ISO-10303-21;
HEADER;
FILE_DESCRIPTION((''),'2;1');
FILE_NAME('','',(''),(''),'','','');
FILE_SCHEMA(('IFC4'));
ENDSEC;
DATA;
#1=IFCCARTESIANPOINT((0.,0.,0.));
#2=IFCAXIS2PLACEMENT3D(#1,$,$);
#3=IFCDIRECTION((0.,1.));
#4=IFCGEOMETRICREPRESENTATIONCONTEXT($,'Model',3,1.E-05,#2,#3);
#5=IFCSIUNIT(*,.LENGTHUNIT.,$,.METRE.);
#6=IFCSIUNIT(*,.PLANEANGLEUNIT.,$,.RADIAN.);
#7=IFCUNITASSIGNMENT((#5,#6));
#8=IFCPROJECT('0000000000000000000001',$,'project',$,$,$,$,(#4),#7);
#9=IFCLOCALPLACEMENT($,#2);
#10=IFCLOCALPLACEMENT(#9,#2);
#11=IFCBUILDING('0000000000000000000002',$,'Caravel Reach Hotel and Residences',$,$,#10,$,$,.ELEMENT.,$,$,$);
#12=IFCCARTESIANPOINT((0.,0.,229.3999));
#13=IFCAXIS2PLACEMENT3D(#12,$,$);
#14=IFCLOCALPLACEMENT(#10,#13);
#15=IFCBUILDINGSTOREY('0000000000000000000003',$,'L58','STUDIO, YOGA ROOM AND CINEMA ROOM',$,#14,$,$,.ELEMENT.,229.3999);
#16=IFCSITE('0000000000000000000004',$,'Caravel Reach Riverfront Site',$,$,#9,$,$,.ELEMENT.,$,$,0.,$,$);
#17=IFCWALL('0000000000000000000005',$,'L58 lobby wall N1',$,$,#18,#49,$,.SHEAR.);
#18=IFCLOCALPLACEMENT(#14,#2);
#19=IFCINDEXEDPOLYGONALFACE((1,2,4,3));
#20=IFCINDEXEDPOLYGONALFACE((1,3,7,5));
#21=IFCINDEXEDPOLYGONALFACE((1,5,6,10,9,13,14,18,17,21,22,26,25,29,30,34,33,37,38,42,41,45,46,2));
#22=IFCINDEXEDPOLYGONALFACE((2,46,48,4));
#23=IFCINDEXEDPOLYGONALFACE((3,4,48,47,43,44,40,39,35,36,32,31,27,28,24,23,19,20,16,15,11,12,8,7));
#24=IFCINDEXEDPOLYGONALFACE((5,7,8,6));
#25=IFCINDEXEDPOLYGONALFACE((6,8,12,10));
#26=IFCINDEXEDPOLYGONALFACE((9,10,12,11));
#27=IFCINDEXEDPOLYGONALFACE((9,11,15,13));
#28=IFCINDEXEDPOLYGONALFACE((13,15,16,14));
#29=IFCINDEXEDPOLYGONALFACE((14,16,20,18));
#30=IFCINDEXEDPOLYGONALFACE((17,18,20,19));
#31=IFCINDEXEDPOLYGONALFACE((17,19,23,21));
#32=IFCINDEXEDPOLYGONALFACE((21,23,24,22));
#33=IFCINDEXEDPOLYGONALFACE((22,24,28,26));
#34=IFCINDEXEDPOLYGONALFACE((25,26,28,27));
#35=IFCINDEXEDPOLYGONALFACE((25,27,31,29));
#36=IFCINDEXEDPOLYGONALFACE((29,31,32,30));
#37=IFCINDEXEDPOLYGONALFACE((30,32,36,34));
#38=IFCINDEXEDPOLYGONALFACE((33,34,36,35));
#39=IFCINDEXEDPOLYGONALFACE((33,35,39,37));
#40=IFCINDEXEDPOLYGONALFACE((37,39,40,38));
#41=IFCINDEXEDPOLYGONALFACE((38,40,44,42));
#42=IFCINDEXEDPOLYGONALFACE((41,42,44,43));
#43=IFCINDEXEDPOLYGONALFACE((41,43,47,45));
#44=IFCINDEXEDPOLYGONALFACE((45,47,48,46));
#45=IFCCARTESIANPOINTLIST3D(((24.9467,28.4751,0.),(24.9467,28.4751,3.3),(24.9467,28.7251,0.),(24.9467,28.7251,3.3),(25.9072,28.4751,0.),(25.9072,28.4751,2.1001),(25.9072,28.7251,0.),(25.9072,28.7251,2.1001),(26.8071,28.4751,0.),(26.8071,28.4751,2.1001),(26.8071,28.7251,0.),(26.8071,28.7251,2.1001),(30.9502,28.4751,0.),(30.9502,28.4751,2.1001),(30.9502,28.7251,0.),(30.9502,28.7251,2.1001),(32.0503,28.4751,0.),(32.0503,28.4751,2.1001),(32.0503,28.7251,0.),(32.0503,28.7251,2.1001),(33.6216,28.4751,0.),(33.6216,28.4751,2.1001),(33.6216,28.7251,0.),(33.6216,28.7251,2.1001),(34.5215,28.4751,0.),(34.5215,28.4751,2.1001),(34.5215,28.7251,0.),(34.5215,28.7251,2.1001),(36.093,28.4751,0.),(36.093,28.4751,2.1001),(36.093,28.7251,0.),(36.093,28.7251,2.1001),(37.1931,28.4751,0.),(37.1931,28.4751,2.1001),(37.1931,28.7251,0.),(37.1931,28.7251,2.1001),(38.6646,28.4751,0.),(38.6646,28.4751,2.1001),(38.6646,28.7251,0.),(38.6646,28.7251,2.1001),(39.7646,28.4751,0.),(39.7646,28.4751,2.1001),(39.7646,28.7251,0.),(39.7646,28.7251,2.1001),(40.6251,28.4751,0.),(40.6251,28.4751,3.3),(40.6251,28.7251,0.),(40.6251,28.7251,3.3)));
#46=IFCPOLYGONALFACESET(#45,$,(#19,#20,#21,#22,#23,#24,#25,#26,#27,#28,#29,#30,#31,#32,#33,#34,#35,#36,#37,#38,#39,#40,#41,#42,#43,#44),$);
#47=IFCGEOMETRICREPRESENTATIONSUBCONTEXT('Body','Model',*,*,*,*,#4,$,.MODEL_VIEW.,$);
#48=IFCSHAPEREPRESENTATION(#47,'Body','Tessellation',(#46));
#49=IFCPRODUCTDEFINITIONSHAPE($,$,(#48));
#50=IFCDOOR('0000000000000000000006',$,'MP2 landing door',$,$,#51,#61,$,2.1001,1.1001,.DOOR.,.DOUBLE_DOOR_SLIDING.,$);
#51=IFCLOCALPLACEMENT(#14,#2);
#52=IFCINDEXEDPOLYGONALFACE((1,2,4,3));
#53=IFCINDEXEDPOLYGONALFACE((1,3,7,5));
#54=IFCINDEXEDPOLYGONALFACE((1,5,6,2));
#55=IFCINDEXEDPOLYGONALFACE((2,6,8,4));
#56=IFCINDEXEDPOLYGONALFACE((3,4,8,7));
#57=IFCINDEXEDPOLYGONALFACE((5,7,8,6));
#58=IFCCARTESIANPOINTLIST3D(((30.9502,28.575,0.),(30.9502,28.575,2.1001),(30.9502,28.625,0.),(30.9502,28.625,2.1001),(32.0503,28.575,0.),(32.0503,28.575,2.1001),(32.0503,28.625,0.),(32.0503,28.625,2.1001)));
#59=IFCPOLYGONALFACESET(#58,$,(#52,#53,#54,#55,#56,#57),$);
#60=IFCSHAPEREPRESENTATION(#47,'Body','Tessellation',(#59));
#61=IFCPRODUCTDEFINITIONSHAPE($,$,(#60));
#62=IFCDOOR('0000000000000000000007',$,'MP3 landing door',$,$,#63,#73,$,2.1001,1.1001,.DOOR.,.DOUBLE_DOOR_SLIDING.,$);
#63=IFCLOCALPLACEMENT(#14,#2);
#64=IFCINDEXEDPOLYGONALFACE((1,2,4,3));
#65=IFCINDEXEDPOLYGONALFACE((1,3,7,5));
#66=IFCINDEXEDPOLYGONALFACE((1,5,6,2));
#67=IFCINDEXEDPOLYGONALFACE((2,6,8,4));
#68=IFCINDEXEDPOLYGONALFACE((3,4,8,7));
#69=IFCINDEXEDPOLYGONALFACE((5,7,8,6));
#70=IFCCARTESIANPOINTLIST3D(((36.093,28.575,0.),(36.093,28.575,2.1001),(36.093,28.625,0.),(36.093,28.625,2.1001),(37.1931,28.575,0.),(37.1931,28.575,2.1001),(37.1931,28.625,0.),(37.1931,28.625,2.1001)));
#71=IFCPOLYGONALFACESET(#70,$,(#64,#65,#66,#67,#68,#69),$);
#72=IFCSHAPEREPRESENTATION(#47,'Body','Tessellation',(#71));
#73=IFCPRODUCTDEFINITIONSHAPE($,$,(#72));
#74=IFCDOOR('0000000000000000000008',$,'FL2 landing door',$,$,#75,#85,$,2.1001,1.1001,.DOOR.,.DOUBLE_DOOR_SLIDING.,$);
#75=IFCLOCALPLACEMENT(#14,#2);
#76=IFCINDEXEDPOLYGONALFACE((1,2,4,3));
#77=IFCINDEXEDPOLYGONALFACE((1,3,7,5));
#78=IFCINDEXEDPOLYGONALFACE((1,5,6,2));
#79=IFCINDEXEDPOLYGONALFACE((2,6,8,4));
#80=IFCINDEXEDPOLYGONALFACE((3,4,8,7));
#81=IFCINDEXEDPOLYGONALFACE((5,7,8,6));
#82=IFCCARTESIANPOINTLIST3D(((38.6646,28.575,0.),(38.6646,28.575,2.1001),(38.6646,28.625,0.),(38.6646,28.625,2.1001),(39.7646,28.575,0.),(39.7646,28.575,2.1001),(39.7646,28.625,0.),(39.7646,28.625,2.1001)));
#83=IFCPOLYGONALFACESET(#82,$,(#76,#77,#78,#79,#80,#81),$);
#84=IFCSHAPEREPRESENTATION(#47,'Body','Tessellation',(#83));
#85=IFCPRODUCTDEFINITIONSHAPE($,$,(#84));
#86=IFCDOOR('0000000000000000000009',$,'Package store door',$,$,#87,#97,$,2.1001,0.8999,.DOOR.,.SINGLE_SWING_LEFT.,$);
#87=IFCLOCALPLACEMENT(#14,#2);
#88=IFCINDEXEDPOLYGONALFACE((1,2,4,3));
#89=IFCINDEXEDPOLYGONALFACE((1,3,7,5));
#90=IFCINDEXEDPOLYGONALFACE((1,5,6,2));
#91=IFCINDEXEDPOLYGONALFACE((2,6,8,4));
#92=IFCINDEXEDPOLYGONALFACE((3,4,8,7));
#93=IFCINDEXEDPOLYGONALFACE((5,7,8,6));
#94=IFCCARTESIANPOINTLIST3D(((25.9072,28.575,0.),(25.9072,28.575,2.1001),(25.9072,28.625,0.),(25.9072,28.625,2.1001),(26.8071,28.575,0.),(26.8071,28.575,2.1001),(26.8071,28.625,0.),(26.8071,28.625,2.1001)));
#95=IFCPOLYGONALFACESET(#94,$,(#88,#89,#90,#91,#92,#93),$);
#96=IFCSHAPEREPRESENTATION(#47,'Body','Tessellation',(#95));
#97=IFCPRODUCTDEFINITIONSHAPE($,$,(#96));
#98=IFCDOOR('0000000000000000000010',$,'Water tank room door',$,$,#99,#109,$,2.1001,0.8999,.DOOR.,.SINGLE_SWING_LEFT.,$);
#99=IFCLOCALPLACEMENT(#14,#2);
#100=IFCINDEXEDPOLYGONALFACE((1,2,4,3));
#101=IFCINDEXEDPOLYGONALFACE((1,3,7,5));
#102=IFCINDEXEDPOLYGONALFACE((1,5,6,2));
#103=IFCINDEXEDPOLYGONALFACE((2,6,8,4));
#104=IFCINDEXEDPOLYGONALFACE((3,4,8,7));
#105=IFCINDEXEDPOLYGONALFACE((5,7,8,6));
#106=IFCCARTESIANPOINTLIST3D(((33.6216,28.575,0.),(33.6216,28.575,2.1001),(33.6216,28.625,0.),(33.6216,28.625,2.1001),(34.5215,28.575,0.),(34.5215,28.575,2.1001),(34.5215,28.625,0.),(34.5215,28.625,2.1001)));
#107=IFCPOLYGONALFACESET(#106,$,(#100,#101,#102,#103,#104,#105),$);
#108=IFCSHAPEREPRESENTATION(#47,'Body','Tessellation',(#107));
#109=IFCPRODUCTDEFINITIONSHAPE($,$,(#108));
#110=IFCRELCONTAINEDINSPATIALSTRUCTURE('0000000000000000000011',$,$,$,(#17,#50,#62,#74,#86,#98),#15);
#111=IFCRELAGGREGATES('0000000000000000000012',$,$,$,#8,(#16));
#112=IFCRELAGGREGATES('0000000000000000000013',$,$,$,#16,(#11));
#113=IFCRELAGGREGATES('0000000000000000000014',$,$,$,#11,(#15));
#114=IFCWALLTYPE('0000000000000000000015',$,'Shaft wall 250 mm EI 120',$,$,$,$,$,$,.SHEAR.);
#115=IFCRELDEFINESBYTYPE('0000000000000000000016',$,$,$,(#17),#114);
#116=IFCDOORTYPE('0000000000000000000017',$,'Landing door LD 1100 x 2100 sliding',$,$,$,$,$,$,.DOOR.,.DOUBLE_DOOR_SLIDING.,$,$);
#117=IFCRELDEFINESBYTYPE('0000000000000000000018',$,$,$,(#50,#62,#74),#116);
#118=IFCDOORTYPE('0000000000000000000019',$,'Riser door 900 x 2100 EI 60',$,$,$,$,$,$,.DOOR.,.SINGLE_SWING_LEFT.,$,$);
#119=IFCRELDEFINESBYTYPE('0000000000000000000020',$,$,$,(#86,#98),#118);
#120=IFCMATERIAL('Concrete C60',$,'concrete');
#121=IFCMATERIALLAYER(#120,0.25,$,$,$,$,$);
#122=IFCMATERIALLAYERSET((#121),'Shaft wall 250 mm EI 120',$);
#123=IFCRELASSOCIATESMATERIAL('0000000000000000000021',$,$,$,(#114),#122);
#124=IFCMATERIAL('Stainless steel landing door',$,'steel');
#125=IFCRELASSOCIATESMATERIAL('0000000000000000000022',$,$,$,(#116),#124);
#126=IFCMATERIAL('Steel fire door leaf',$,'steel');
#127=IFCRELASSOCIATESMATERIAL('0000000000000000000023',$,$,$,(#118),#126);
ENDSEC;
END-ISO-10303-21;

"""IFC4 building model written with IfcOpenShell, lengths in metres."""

from ifc_helpers import new_model, si_unit, direction, frame, frame_2d, origin, place, context, subcontext, project, spatial, rectangle, extrude, material, layer, layer_set, type_object, element, fill, save


model = new_model("IFC4")

# Units and contexts
model_context = context("Model", 3, precision=1e-05, world=origin(), true_north=direction((0.0, 1.0)))
body_context = subcontext(model_context, "Body", "Model", "MODEL_VIEW")
ifc_project = project(units=[si_unit("LENGTHUNIT", "METRE"), si_unit("PLANEANGLEUNIT", "RADIAN")], contexts=[model_context])

# Site, building, storey
site_placement = place(None, origin())
site = spatial("IfcSite", under=ifc_project, at=site_placement, Name="Caravel Reach Riverfront Site", CompositionType="ELEMENT", RefElevation=0.0)
building_placement = place(site_placement, origin())
building = spatial("IfcBuilding", under=site, at=building_placement, Name="Caravel Reach Hotel and Residences", CompositionType="ELEMENT")
storey_placement = place(building_placement, frame((0.0, 0.0, 229.3999)))
storey = spatial("IfcBuildingStorey", under=building, at=storey_placement, Name="L58", Description="STUDIO, YOGA ROOM AND CINEMA ROOM", CompositionType="ELEMENT", Elevation=229.3999)

# Wall, openings, doors
ifc_material_1 = material(Name="Concrete C60", Category="concrete")
ifc_layer_1 = layer(ifc_material_1, 0.25)
ifc_layer_set_1 = layer_set([ifc_layer_1], Name="Shaft wall 250 mm EI 120")
wall_type_1 = type_object("IfcWallType", Name="Shaft wall 250 mm EI 120", PredefinedType="SHEAR", material=ifc_layer_set_1)
ifc_material_2 = material(Name="Stainless steel landing door", Category="steel")
door_type_1 = type_object("IfcDoorType", Name="Landing door LD 1100 x 2100 sliding", OperationType="DOUBLE_DOOR_SLIDING", PredefinedType="DOOR", material=ifc_material_2)
ifc_material_3 = material(Name="Steel fire door leaf", Category="steel")
door_type_2 = type_object("IfcDoorType", Name="Riser door 900 x 2100 EI 60", OperationType="SINGLE_SWING_LEFT", PredefinedType="DOOR", material=ifc_material_3)
wall_1_placement = place(storey_placement, frame((24.9465, 28.6001, 0.0), z_axis=(0.0, 0.0, 1.0), x_axis=(1.0, 0.0, 0.0)))
wall_1 = element("IfcWall", 1, at=wall_1_placement, inside=storey, type_object=wall_type_1, Name="L58 lobby wall N1", PredefinedType="SHEAR", context=body_context, shape_type="SweptSolid", body=[
    extrude(rectangle(XDim=15.6785, YDim=0.25, at=frame_2d((7.8394, 0.0))), origin(), (0.0, 0.0, 1.0), 3.3),
])
opening_1_placement = place(wall_1_placement, frame((6.0037, 0.0, 0.0)))
opening_1 = element("IfcOpeningElement", 2, at=opening_1_placement, cuts=wall_1, PredefinedType="OPENING", context=body_context, shape_type="SweptSolid", body=[
    extrude(rectangle(XDim=1.1001, YDim=2.1001, at=frame_2d((0.55, 1.05))), frame((0.0, 0.135, 0.0), z_axis=(0.0, -1.0, 0.0), x_axis=(1.0, 0.0, 0.0)), (0.0, 0.0, 1.0), 0.27),
])
opening_2_placement = place(wall_1_placement, frame((11.1465, 0.0, 0.0)))
opening_2 = element("IfcOpeningElement", 3, at=opening_2_placement, cuts=wall_1, PredefinedType="OPENING", context=body_context, shape_type="SweptSolid", body=[
    extrude(rectangle(XDim=1.1001, YDim=2.1001, at=frame_2d((0.55, 1.05))), frame((0.0, 0.135, 0.0), z_axis=(0.0, -1.0, 0.0), x_axis=(1.0, 0.0, 0.0)), (0.0, 0.0, 1.0), 0.27),
])
opening_3_placement = place(wall_1_placement, frame((13.718, 0.0, 0.0)))
opening_3 = element("IfcOpeningElement", 4, at=opening_3_placement, cuts=wall_1, PredefinedType="OPENING", context=body_context, shape_type="SweptSolid", body=[
    extrude(rectangle(XDim=1.1001, YDim=2.1001, at=frame_2d((0.55, 1.05))), frame((0.0, 0.135, 0.0), z_axis=(0.0, -1.0, 0.0), x_axis=(1.0, 0.0, 0.0)), (0.0, 0.0, 1.0), 0.27),
])
opening_4_placement = place(wall_1_placement, frame((0.9607, 0.0, 0.0)))
opening_4 = element("IfcOpeningElement", 5, at=opening_4_placement, cuts=wall_1, PredefinedType="OPENING", context=body_context, shape_type="SweptSolid", body=[
    extrude(rectangle(XDim=0.8999, YDim=2.1001, at=frame_2d((0.45, 1.05))), frame((0.0, 0.135, 0.0), z_axis=(0.0, -1.0, 0.0), x_axis=(1.0, 0.0, 0.0)), (0.0, 0.0, 1.0), 0.27),
])
opening_5_placement = place(wall_1_placement, frame((8.675, 0.0, 0.0)))
opening_5 = element("IfcOpeningElement", 6, at=opening_5_placement, cuts=wall_1, PredefinedType="OPENING", context=body_context, shape_type="SweptSolid", body=[
    extrude(rectangle(XDim=0.8999, YDim=2.1001, at=frame_2d((0.45, 1.05))), frame((0.0, 0.135, 0.0), z_axis=(0.0, -1.0, 0.0), x_axis=(1.0, 0.0, 0.0)), (0.0, 0.0, 1.0), 0.27),
])
door_1_placement = place(opening_1_placement, origin())
door_1 = element("IfcDoor", 7, at=door_1_placement, inside=storey, type_object=door_type_1, Name="MP2 landing door", OperationType="DOUBLE_DOOR_SLIDING", OverallHeight=2.1001, OverallWidth=1.1001, PredefinedType="DOOR", context=body_context, shape_type="SweptSolid", body=[
    extrude(rectangle(XDim=1.1001, YDim=2.1001, at=frame_2d((0.55, 1.05))), frame((0.0, 0.0249, 0.0), z_axis=(0.0, -1.0, 0.0), x_axis=(1.0, 0.0, 0.0)), (0.0, 0.0, 1.0), 0.05),
])
fill(opening_1, door_1)
door_2_placement = place(opening_2_placement, origin())
door_2 = element("IfcDoor", 8, at=door_2_placement, inside=storey, type_object=door_type_1, Name="MP3 landing door", OperationType="DOUBLE_DOOR_SLIDING", OverallHeight=2.1001, OverallWidth=1.1001, PredefinedType="DOOR", context=body_context, shape_type="SweptSolid", body=[
    extrude(rectangle(XDim=1.1001, YDim=2.1001, at=frame_2d((0.55, 1.05))), frame((0.0, 0.0249, 0.0), z_axis=(0.0, -1.0, 0.0), x_axis=(1.0, 0.0, 0.0)), (0.0, 0.0, 1.0), 0.05),
])
fill(opening_2, door_2)
door_3_placement = place(opening_3_placement, origin())
door_3 = element("IfcDoor", 9, at=door_3_placement, inside=storey, type_object=door_type_1, Name="FL2 landing door", OperationType="DOUBLE_DOOR_SLIDING", OverallHeight=2.1001, OverallWidth=1.1001, PredefinedType="DOOR", context=body_context, shape_type="SweptSolid", body=[
    extrude(rectangle(XDim=1.1001, YDim=2.1001, at=frame_2d((0.55, 1.05))), frame((0.0, 0.0249, 0.0), z_axis=(0.0, -1.0, 0.0), x_axis=(1.0, 0.0, 0.0)), (0.0, 0.0, 1.0), 0.05),
])
fill(opening_3, door_3)
door_4_placement = place(opening_4_placement, origin())
door_4 = element("IfcDoor", 10, at=door_4_placement, inside=storey, type_object=door_type_2, Name="Package store door", OperationType="SINGLE_SWING_LEFT", OverallHeight=2.1001, OverallWidth=0.8999, PredefinedType="DOOR", context=body_context, shape_type="SweptSolid", body=[
    extrude(rectangle(XDim=0.8999, YDim=2.1001, at=frame_2d((0.45, 1.05))), frame((0.0, 0.0249, 0.0), z_axis=(0.0, -1.0, 0.0), x_axis=(1.0, 0.0, 0.0)), (0.0, 0.0, 1.0), 0.05),
])
fill(opening_4, door_4)
door_5_placement = place(opening_5_placement, origin())
door_5 = element("IfcDoor", 11, at=door_5_placement, inside=storey, type_object=door_type_2, Name="Water tank room door", OperationType="SINGLE_SWING_LEFT", OverallHeight=2.1001, OverallWidth=0.8999, PredefinedType="DOOR", context=body_context, shape_type="SweptSolid", body=[
    extrude(rectangle(XDim=0.8999, YDim=2.1001, at=frame_2d((0.45, 1.05))), frame((0.0, 0.0249, 0.0), z_axis=(0.0, -1.0, 0.0), x_axis=(1.0, 0.0, 0.0)), (0.0, 0.0, 1.0), 0.05),
])
fill(opening_5, door_5)

save(model, "model.ifc")
